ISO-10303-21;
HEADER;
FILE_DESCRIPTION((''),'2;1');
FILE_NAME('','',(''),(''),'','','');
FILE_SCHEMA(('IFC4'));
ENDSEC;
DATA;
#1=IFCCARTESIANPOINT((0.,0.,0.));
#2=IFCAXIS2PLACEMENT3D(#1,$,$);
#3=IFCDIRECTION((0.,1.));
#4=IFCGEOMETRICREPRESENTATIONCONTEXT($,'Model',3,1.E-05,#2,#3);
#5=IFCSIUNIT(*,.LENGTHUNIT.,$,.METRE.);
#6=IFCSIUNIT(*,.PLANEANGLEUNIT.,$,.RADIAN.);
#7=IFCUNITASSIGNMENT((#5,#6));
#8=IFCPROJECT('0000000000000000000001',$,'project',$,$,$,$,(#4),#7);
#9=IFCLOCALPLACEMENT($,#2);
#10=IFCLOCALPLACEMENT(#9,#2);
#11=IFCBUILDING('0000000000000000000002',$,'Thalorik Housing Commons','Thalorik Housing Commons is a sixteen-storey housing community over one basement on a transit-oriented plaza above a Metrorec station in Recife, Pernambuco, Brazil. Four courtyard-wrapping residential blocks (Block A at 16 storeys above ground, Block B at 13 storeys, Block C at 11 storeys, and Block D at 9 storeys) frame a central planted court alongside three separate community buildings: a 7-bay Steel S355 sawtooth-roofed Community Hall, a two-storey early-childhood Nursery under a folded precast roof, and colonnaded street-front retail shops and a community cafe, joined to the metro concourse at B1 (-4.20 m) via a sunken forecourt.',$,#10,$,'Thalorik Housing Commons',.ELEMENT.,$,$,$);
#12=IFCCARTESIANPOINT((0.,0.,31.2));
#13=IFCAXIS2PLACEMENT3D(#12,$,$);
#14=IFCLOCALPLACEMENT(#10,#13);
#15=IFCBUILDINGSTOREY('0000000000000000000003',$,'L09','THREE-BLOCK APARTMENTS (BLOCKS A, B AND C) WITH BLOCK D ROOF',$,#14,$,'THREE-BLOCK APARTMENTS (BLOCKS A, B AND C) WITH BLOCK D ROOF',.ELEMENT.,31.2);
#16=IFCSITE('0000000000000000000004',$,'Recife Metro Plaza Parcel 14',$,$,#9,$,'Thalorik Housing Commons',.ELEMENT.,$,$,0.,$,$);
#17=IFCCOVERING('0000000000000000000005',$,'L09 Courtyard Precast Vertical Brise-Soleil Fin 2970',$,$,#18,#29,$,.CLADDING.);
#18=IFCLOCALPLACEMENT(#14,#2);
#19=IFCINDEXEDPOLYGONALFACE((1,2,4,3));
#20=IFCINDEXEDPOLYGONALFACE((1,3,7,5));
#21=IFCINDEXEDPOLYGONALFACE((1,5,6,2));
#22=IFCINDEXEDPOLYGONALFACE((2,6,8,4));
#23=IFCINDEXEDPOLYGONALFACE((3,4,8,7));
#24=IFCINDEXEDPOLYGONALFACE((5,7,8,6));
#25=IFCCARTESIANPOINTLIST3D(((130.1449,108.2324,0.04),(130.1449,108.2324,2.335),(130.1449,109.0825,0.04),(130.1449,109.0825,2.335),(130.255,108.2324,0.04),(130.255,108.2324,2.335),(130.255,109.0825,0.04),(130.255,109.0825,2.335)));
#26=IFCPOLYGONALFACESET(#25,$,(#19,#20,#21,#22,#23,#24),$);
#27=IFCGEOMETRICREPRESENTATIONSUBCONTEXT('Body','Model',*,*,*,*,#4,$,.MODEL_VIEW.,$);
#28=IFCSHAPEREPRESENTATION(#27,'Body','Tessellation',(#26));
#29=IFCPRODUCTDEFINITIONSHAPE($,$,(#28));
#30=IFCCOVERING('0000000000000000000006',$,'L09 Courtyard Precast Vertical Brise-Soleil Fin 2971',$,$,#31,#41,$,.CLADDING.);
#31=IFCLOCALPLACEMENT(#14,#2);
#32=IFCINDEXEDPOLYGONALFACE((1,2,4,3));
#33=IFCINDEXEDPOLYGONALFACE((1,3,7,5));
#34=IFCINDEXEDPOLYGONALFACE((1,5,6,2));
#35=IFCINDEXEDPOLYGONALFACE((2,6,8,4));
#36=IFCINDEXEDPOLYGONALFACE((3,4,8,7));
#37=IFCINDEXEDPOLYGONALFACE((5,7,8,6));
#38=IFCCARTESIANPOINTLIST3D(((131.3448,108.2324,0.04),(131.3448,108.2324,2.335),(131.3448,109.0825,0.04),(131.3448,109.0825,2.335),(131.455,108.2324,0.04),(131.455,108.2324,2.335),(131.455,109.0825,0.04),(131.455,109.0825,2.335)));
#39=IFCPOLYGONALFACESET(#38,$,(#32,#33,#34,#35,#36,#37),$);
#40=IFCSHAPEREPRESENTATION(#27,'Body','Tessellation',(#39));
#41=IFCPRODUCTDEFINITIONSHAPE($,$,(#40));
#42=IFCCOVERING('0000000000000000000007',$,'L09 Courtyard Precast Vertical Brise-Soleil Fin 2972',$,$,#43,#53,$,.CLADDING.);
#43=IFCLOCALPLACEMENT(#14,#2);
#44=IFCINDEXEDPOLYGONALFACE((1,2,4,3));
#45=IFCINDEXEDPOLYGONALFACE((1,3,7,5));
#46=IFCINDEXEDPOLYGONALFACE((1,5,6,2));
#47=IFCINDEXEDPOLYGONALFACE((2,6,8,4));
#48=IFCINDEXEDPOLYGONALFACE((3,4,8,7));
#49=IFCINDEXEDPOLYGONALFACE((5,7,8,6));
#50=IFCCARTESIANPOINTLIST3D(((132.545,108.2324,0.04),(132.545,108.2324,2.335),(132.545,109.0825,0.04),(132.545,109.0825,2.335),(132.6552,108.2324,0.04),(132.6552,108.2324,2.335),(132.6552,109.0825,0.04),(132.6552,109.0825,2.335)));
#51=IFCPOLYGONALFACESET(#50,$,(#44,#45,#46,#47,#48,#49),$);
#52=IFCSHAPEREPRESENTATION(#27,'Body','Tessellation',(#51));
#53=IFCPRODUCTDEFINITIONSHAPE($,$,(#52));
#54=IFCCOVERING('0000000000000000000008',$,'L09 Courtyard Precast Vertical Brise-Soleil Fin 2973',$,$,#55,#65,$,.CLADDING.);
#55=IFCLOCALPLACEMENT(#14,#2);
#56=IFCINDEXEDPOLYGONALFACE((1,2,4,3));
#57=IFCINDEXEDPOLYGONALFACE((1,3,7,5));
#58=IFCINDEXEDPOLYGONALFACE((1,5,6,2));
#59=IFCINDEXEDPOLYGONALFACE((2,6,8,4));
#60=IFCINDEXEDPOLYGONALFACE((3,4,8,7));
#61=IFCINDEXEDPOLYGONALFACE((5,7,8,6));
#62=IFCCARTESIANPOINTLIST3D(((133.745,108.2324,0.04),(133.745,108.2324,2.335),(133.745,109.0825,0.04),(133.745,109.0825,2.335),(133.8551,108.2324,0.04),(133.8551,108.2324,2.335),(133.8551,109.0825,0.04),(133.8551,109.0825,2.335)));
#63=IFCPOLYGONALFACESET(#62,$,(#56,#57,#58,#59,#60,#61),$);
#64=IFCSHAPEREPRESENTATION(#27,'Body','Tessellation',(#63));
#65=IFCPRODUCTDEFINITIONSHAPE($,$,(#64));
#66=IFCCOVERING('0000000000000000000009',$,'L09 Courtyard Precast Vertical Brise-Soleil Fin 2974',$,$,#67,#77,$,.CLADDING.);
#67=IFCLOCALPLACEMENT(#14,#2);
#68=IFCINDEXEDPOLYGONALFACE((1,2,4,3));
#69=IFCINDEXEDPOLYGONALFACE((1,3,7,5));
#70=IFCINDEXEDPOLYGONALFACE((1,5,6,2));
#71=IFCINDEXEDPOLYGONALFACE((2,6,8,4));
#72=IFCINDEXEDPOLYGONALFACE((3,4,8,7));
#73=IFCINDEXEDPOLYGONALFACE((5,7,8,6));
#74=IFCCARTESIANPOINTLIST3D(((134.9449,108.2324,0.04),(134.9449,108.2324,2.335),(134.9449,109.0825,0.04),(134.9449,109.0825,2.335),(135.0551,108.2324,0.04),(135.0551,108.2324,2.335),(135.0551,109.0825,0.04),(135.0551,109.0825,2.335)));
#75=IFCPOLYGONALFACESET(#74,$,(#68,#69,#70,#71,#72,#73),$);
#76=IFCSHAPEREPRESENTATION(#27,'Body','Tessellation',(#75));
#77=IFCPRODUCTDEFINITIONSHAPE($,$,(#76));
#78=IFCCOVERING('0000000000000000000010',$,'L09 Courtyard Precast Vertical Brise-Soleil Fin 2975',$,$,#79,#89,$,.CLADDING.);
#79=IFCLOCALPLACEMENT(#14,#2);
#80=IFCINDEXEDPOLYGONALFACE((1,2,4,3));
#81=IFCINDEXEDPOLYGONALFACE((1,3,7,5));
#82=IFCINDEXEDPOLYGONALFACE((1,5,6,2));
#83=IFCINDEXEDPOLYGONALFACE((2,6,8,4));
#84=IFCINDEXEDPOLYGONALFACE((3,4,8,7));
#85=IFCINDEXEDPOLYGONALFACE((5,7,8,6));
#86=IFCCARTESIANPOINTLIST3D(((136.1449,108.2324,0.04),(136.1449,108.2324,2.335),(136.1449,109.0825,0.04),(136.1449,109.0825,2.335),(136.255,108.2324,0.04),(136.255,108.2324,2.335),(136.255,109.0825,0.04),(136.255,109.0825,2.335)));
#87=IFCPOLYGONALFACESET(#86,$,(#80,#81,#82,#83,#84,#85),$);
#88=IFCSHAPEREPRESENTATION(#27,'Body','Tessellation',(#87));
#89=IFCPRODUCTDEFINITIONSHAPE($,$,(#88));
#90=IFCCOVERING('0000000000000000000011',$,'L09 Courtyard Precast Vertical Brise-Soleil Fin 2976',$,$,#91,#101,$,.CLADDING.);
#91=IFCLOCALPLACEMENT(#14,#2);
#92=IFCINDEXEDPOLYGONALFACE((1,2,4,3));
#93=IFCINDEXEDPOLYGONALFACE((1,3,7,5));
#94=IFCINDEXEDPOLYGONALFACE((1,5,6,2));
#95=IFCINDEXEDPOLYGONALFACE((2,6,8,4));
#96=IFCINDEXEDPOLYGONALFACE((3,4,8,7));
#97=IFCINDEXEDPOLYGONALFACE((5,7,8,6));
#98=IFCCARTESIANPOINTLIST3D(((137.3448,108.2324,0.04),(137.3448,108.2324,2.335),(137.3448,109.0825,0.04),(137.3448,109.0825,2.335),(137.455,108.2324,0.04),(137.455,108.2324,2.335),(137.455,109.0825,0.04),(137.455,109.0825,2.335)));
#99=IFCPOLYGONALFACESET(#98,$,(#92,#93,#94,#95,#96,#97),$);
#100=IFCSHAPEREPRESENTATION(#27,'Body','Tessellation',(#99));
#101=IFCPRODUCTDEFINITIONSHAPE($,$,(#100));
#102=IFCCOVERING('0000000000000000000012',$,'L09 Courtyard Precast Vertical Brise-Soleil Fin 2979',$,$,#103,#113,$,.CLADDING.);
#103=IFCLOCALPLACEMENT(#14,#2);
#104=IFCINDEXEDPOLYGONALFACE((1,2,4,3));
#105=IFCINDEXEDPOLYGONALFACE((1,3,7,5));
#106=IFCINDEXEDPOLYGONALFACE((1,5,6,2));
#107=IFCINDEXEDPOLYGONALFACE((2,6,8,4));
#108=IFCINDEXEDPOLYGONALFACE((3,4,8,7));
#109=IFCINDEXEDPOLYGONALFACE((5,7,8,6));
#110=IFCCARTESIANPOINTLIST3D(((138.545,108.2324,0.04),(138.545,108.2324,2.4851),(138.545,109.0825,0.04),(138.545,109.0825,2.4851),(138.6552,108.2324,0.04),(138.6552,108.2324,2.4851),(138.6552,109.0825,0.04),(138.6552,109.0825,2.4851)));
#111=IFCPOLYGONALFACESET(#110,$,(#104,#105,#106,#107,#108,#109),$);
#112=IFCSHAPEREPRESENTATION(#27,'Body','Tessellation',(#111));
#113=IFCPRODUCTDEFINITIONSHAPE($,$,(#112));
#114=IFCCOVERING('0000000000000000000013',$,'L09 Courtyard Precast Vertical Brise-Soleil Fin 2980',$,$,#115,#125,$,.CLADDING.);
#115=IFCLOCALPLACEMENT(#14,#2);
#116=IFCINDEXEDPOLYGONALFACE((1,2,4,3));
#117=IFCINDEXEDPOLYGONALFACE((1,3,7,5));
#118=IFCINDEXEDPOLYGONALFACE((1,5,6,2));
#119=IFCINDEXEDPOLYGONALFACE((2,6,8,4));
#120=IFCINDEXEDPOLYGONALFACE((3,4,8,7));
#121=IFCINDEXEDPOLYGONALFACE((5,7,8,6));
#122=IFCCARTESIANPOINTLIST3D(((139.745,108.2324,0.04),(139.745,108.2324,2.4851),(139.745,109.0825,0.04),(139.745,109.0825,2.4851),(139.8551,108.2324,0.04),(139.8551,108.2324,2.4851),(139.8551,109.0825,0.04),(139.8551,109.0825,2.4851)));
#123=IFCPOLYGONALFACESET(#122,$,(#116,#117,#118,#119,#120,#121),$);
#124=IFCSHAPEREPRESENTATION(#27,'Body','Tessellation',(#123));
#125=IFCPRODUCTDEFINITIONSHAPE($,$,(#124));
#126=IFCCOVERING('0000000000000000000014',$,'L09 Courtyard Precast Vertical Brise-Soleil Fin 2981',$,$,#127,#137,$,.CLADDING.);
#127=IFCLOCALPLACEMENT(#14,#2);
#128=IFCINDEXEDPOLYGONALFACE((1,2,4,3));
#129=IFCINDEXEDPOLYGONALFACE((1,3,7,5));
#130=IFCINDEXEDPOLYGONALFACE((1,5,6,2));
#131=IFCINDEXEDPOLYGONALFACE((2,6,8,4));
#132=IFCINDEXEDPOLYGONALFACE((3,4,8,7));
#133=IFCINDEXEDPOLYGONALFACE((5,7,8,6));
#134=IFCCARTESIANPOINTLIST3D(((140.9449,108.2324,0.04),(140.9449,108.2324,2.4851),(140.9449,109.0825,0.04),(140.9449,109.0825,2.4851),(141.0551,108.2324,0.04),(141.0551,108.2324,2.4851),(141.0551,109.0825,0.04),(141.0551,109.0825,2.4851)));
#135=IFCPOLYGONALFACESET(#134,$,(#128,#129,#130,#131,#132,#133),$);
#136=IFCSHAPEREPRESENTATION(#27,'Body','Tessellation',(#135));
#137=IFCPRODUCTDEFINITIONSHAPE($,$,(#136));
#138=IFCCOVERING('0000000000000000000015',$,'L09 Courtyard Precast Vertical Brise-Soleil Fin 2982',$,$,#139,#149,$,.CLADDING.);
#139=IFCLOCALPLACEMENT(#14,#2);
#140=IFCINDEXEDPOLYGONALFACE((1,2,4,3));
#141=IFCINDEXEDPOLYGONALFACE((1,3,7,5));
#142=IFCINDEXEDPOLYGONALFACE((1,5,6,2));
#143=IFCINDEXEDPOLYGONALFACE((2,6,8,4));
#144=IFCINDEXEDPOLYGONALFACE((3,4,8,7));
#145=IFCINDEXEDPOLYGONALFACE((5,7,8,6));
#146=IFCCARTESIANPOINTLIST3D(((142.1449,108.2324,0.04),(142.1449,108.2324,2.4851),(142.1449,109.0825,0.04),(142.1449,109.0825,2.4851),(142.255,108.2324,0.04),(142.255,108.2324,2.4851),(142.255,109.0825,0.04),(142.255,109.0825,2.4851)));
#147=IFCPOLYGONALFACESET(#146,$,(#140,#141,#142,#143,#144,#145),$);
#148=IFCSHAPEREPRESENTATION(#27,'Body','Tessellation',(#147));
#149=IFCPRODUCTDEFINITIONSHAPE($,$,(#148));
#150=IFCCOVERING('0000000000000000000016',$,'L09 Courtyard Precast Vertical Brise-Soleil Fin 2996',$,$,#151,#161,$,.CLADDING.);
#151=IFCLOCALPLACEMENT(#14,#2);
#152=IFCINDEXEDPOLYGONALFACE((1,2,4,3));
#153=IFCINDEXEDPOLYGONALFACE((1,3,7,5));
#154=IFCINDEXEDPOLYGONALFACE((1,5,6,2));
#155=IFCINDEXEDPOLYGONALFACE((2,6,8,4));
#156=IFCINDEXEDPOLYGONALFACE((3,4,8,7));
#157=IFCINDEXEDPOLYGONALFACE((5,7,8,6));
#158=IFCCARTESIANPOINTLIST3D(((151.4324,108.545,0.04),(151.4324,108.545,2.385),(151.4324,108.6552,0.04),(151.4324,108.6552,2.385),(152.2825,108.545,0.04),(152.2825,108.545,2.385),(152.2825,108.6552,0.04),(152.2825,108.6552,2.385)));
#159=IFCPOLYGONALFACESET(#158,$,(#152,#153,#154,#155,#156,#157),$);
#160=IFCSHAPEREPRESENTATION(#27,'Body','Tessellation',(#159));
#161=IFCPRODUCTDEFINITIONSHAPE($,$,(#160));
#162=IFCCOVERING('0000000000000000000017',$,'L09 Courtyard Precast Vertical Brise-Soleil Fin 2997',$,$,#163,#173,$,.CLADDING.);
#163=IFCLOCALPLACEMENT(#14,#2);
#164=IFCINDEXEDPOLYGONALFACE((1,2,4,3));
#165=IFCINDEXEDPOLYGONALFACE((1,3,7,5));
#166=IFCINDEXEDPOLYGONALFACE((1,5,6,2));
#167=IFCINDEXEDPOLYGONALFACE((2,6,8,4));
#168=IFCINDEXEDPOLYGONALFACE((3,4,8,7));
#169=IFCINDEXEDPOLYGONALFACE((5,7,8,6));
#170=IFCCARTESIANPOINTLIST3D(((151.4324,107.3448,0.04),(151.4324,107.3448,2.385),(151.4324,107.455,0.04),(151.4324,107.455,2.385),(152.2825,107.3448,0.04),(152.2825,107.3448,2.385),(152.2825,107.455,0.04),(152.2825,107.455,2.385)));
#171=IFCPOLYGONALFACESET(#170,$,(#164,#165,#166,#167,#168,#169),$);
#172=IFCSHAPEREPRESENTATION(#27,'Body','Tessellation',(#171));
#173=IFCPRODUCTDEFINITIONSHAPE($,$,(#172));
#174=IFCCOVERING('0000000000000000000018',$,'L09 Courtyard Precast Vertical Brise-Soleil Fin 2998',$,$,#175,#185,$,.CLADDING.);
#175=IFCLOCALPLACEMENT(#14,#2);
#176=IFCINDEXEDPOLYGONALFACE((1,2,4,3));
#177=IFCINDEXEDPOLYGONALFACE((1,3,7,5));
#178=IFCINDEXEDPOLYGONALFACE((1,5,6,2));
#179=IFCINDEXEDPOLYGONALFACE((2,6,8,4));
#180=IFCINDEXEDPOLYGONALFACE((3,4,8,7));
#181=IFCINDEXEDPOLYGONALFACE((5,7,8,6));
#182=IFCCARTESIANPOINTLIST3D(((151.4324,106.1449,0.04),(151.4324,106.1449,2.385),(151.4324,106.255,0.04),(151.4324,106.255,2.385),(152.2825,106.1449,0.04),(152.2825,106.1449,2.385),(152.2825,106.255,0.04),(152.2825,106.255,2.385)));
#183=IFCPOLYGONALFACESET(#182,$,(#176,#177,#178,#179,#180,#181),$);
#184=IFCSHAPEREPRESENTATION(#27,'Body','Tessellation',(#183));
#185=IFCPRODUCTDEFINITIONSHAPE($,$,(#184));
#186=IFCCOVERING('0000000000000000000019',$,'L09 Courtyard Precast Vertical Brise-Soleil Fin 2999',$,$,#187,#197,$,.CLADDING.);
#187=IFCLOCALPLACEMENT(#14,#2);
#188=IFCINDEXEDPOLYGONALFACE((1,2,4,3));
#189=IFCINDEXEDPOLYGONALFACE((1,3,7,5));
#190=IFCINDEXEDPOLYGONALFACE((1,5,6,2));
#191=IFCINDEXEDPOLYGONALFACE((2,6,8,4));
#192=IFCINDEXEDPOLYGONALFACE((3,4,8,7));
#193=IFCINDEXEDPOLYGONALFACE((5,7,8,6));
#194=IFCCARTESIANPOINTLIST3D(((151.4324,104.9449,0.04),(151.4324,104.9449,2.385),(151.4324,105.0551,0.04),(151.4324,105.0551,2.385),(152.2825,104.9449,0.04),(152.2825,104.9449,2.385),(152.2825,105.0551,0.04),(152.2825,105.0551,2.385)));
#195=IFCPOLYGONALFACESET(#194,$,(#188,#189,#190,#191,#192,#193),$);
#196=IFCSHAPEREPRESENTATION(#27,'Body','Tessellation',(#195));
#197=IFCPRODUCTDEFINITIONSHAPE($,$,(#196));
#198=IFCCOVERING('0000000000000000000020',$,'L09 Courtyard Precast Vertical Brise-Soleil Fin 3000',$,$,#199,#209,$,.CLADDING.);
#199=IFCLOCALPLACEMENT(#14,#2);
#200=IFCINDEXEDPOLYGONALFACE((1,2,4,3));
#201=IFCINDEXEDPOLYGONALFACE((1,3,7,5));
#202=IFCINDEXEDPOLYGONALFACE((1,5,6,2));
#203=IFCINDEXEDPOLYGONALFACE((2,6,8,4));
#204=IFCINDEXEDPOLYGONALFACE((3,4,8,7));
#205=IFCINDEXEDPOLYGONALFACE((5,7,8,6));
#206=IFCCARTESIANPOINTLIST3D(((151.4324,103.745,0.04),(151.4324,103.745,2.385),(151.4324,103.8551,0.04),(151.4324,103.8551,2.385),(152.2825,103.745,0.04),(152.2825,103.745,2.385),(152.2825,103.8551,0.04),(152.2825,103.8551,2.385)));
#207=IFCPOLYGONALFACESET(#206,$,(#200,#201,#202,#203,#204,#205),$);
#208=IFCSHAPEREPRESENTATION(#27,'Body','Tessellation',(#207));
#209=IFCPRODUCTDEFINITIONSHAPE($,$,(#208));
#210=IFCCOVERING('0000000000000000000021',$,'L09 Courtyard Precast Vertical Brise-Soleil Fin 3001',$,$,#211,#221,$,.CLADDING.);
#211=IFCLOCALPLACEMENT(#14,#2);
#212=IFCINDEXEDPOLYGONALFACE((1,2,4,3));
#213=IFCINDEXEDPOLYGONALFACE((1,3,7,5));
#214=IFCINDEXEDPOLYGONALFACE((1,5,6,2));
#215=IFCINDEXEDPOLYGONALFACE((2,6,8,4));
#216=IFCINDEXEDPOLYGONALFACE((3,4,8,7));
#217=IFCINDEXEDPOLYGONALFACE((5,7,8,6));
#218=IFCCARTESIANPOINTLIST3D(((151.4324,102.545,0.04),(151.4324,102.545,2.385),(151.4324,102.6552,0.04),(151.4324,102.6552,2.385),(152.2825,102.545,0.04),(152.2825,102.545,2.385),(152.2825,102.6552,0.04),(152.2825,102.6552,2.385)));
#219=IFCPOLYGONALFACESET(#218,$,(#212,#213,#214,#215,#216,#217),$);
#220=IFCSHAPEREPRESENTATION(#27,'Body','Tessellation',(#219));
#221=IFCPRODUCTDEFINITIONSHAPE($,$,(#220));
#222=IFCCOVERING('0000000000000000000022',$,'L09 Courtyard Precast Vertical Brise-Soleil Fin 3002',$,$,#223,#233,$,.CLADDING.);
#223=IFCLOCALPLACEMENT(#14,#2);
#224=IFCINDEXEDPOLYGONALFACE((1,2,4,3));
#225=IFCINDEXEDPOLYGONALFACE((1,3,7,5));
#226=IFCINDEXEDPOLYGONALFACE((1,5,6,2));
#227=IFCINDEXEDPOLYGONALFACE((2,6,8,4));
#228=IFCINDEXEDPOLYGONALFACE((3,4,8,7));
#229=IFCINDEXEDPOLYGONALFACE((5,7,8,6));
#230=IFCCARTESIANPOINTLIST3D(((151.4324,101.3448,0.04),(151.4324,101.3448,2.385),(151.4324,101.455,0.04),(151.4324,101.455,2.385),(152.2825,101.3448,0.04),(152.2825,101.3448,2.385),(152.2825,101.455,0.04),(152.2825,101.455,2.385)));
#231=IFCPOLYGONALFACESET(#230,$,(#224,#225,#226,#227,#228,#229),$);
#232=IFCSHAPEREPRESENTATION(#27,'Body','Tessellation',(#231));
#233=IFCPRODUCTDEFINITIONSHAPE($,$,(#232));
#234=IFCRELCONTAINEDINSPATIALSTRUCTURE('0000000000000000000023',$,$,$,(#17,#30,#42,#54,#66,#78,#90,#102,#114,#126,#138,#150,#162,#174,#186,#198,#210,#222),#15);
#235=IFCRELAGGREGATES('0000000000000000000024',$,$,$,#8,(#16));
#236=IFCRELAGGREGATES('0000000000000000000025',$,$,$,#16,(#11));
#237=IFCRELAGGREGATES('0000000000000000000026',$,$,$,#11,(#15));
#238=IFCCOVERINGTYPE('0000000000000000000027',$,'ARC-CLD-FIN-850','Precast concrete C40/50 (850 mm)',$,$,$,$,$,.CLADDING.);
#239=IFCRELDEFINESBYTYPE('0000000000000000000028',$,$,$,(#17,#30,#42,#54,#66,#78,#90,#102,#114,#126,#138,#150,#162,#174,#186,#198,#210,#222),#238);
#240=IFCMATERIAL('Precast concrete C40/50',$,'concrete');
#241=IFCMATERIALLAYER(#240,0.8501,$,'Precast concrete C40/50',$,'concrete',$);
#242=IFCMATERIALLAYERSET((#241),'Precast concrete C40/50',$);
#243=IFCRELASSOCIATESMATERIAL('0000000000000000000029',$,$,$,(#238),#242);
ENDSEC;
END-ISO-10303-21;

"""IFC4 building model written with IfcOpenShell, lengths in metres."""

from ifc_helpers import new_model, si_unit, direction, frame, origin, origin_2d, place, context, subcontext, project, spatial, rectangle, extrude, material, layer, layer_set, type_object, element, save


model = new_model("IFC4")

# Units and contexts
model_context = context("Model", 3, precision=1e-05, world=origin(), true_north=direction((0.0, 1.0)))
body_context = subcontext(model_context, "Body", "Model", "MODEL_VIEW")
ifc_project = project(units=[si_unit("LENGTHUNIT", "METRE"), si_unit("PLANEANGLEUNIT", "RADIAN")], contexts=[model_context])

# Site, building, storey
site_placement = place(None, origin())
site = spatial("IfcSite", under=ifc_project, at=site_placement, Name="Recife Metro Plaza Parcel 14", LongName="Thalorik Housing Commons", CompositionType="ELEMENT", RefElevation=0.0)
building_placement = place(site_placement, origin())
building = spatial("IfcBuilding", under=site, at=building_placement, Name="Thalorik Housing Commons", Description="Thalorik Housing Commons is a sixteen-storey housing community over one basement on a transit-oriented plaza above a Metrorec station in Recife, Pernambuco, Brazil. Four courtyard-wrapping residential blocks (Block A at 16 storeys above ground, Block B at 13 storeys, Block C at 11 storeys, and Block D at 9 storeys) frame a central planted court alongside three separate community buildings: a 7-bay Steel S355 sawtooth-roofed Community Hall, a two-storey early-childhood Nursery under a folded precast roof, and colonnaded street-front retail shops and a community cafe, joined to the metro concourse at B1 (-4.20 m) via a sunken forecourt.", LongName="Thalorik Housing Commons", CompositionType="ELEMENT")
storey_placement = place(building_placement, frame((0.0, 0.0, 31.2)))
storey = spatial("IfcBuildingStorey", under=building, at=storey_placement, Name="L09", Description="THREE-BLOCK APARTMENTS (BLOCKS A, B AND C) WITH BLOCK D ROOF", LongName="THREE-BLOCK APARTMENTS (BLOCKS A, B AND C) WITH BLOCK D ROOF", CompositionType="ELEMENT", Elevation=31.2)

# Coverings
ifc_material = material(Name="Precast concrete C40/50", Category="concrete")
ifc_layer = layer(ifc_material, 0.8501, Name="Precast concrete C40/50", Category="concrete")
ifc_layer_set = layer_set([ifc_layer], Name="Precast concrete C40/50")
covering_type = type_object("IfcCoveringType", Name="ARC-CLD-FIN-850", Description="Precast concrete C40/50 (850 mm)", PredefinedType="CLADDING", material=ifc_layer_set)
for number, where, z_axis, x_axis, name in (
    (1, (130.2, 108.6575, 0.04), (0.0, 0.0, 1.0), (1.0, 0.0, 0.0), "L09 Courtyard Precast Vertical Brise-Soleil Fin 2970"),
    (2, (131.3999, 108.6575, 0.04), (0.0, 0.0, 1.0), (1.0, 0.0, 0.0), "L09 Courtyard Precast Vertical Brise-Soleil Fin 2971"),
    (3, (132.6001, 108.6575, 0.04), (0.0, 0.0, 1.0), (1.0, 0.0, 0.0), "L09 Courtyard Precast Vertical Brise-Soleil Fin 2972"),
    (4, (133.8, 108.6575, 0.04), (0.0, 0.0, 1.0), (1.0, 0.0, 0.0), "L09 Courtyard Precast Vertical Brise-Soleil Fin 2973"),
    (5, (135.0, 108.6575, 0.04), (0.0, 0.0, 1.0), (1.0, 0.0, 0.0), "L09 Courtyard Precast Vertical Brise-Soleil Fin 2974"),
    (6, (136.2, 108.6575, 0.04), (0.0, 0.0, 1.0), (1.0, 0.0, 0.0), "L09 Courtyard Precast Vertical Brise-Soleil Fin 2975"),
    (7, (137.3999, 108.6575, 0.04), (0.0, 0.0, 1.0), (1.0, 0.0, 0.0), "L09 Courtyard Precast Vertical Brise-Soleil Fin 2976"),
):
    element("IfcCovering", number, at=place(storey_placement, frame(where, z_axis=z_axis, x_axis=x_axis)), inside=storey, type_object=covering_type, Name=name, PredefinedType="CLADDING", context=body_context, shape_type="SweptSolid", body=[
        extrude(rectangle(XDim=0.1101, YDim=0.8501, at=origin_2d()), origin(), (0.0, 0.0, 1.0), 2.2949),
    ])
for number, where, z_axis, x_axis, name in (
    (8, (138.6001, 108.6575, 0.04), (0.0, 0.0, 1.0), (1.0, 0.0, 0.0), "L09 Courtyard Precast Vertical Brise-Soleil Fin 2979"),
    (9, (139.8, 108.6575, 0.04), (0.0, 0.0, 1.0), (1.0, 0.0, 0.0), "L09 Courtyard Precast Vertical Brise-Soleil Fin 2980"),
    (10, (141.0, 108.6575, 0.04), (0.0, 0.0, 1.0), (1.0, 0.0, 0.0), "L09 Courtyard Precast Vertical Brise-Soleil Fin 2981"),
    (11, (142.2, 108.6575, 0.04), (0.0, 0.0, 1.0), (1.0, 0.0, 0.0), "L09 Courtyard Precast Vertical Brise-Soleil Fin 2982"),
):
    element("IfcCovering", number, at=place(storey_placement, frame(where, z_axis=z_axis, x_axis=x_axis)), inside=storey, type_object=covering_type, Name=name, PredefinedType="CLADDING", context=body_context, shape_type="SweptSolid", body=[
        extrude(rectangle(XDim=0.1101, YDim=0.8501, at=origin_2d()), origin(), (0.0, 0.0, 1.0), 2.4451),
    ])
for number, where, z_axis, x_axis, name in (
    (12, (151.8574, 108.6001, 0.04), (0.0, 0.0, 1.0), (0.0, -1.0, 0.0), "L09 Courtyard Precast Vertical Brise-Soleil Fin 2996"),
    (13, (151.8574, 107.3999, 0.04), (0.0, 0.0, 1.0), (0.0, -1.0, 0.0), "L09 Courtyard Precast Vertical Brise-Soleil Fin 2997"),
    (14, (151.8574, 106.2, 0.04), (0.0, 0.0, 1.0), (0.0, -1.0, 0.0), "L09 Courtyard Precast Vertical Brise-Soleil Fin 2998"),
    (15, (151.8574, 105.0, 0.04), (0.0, 0.0, 1.0), (0.0, -1.0, 0.0), "L09 Courtyard Precast Vertical Brise-Soleil Fin 2999"),
    (16, (151.8574, 103.8, 0.04), (0.0, 0.0, 1.0), (0.0, -1.0, 0.0), "L09 Courtyard Precast Vertical Brise-Soleil Fin 3000"),
    (17, (151.8574, 102.6001, 0.04), (0.0, 0.0, 1.0), (0.0, -1.0, 0.0), "L09 Courtyard Precast Vertical Brise-Soleil Fin 3001"),
    (18, (151.8574, 101.3999, 0.04), (0.0, 0.0, 1.0), (0.0, -1.0, 0.0), "L09 Courtyard Precast Vertical Brise-Soleil Fin 3002"),
):
    element("IfcCovering", number, at=place(storey_placement, frame(where, z_axis=z_axis, x_axis=x_axis)), inside=storey, type_object=covering_type, Name=name, PredefinedType="CLADDING", context=body_context, shape_type="SweptSolid", body=[
        extrude(rectangle(XDim=0.1101, YDim=0.8501, at=origin_2d()), origin(), (0.0, 0.0, 1.0), 2.345),
    ])

save(model, "model.ifc")
